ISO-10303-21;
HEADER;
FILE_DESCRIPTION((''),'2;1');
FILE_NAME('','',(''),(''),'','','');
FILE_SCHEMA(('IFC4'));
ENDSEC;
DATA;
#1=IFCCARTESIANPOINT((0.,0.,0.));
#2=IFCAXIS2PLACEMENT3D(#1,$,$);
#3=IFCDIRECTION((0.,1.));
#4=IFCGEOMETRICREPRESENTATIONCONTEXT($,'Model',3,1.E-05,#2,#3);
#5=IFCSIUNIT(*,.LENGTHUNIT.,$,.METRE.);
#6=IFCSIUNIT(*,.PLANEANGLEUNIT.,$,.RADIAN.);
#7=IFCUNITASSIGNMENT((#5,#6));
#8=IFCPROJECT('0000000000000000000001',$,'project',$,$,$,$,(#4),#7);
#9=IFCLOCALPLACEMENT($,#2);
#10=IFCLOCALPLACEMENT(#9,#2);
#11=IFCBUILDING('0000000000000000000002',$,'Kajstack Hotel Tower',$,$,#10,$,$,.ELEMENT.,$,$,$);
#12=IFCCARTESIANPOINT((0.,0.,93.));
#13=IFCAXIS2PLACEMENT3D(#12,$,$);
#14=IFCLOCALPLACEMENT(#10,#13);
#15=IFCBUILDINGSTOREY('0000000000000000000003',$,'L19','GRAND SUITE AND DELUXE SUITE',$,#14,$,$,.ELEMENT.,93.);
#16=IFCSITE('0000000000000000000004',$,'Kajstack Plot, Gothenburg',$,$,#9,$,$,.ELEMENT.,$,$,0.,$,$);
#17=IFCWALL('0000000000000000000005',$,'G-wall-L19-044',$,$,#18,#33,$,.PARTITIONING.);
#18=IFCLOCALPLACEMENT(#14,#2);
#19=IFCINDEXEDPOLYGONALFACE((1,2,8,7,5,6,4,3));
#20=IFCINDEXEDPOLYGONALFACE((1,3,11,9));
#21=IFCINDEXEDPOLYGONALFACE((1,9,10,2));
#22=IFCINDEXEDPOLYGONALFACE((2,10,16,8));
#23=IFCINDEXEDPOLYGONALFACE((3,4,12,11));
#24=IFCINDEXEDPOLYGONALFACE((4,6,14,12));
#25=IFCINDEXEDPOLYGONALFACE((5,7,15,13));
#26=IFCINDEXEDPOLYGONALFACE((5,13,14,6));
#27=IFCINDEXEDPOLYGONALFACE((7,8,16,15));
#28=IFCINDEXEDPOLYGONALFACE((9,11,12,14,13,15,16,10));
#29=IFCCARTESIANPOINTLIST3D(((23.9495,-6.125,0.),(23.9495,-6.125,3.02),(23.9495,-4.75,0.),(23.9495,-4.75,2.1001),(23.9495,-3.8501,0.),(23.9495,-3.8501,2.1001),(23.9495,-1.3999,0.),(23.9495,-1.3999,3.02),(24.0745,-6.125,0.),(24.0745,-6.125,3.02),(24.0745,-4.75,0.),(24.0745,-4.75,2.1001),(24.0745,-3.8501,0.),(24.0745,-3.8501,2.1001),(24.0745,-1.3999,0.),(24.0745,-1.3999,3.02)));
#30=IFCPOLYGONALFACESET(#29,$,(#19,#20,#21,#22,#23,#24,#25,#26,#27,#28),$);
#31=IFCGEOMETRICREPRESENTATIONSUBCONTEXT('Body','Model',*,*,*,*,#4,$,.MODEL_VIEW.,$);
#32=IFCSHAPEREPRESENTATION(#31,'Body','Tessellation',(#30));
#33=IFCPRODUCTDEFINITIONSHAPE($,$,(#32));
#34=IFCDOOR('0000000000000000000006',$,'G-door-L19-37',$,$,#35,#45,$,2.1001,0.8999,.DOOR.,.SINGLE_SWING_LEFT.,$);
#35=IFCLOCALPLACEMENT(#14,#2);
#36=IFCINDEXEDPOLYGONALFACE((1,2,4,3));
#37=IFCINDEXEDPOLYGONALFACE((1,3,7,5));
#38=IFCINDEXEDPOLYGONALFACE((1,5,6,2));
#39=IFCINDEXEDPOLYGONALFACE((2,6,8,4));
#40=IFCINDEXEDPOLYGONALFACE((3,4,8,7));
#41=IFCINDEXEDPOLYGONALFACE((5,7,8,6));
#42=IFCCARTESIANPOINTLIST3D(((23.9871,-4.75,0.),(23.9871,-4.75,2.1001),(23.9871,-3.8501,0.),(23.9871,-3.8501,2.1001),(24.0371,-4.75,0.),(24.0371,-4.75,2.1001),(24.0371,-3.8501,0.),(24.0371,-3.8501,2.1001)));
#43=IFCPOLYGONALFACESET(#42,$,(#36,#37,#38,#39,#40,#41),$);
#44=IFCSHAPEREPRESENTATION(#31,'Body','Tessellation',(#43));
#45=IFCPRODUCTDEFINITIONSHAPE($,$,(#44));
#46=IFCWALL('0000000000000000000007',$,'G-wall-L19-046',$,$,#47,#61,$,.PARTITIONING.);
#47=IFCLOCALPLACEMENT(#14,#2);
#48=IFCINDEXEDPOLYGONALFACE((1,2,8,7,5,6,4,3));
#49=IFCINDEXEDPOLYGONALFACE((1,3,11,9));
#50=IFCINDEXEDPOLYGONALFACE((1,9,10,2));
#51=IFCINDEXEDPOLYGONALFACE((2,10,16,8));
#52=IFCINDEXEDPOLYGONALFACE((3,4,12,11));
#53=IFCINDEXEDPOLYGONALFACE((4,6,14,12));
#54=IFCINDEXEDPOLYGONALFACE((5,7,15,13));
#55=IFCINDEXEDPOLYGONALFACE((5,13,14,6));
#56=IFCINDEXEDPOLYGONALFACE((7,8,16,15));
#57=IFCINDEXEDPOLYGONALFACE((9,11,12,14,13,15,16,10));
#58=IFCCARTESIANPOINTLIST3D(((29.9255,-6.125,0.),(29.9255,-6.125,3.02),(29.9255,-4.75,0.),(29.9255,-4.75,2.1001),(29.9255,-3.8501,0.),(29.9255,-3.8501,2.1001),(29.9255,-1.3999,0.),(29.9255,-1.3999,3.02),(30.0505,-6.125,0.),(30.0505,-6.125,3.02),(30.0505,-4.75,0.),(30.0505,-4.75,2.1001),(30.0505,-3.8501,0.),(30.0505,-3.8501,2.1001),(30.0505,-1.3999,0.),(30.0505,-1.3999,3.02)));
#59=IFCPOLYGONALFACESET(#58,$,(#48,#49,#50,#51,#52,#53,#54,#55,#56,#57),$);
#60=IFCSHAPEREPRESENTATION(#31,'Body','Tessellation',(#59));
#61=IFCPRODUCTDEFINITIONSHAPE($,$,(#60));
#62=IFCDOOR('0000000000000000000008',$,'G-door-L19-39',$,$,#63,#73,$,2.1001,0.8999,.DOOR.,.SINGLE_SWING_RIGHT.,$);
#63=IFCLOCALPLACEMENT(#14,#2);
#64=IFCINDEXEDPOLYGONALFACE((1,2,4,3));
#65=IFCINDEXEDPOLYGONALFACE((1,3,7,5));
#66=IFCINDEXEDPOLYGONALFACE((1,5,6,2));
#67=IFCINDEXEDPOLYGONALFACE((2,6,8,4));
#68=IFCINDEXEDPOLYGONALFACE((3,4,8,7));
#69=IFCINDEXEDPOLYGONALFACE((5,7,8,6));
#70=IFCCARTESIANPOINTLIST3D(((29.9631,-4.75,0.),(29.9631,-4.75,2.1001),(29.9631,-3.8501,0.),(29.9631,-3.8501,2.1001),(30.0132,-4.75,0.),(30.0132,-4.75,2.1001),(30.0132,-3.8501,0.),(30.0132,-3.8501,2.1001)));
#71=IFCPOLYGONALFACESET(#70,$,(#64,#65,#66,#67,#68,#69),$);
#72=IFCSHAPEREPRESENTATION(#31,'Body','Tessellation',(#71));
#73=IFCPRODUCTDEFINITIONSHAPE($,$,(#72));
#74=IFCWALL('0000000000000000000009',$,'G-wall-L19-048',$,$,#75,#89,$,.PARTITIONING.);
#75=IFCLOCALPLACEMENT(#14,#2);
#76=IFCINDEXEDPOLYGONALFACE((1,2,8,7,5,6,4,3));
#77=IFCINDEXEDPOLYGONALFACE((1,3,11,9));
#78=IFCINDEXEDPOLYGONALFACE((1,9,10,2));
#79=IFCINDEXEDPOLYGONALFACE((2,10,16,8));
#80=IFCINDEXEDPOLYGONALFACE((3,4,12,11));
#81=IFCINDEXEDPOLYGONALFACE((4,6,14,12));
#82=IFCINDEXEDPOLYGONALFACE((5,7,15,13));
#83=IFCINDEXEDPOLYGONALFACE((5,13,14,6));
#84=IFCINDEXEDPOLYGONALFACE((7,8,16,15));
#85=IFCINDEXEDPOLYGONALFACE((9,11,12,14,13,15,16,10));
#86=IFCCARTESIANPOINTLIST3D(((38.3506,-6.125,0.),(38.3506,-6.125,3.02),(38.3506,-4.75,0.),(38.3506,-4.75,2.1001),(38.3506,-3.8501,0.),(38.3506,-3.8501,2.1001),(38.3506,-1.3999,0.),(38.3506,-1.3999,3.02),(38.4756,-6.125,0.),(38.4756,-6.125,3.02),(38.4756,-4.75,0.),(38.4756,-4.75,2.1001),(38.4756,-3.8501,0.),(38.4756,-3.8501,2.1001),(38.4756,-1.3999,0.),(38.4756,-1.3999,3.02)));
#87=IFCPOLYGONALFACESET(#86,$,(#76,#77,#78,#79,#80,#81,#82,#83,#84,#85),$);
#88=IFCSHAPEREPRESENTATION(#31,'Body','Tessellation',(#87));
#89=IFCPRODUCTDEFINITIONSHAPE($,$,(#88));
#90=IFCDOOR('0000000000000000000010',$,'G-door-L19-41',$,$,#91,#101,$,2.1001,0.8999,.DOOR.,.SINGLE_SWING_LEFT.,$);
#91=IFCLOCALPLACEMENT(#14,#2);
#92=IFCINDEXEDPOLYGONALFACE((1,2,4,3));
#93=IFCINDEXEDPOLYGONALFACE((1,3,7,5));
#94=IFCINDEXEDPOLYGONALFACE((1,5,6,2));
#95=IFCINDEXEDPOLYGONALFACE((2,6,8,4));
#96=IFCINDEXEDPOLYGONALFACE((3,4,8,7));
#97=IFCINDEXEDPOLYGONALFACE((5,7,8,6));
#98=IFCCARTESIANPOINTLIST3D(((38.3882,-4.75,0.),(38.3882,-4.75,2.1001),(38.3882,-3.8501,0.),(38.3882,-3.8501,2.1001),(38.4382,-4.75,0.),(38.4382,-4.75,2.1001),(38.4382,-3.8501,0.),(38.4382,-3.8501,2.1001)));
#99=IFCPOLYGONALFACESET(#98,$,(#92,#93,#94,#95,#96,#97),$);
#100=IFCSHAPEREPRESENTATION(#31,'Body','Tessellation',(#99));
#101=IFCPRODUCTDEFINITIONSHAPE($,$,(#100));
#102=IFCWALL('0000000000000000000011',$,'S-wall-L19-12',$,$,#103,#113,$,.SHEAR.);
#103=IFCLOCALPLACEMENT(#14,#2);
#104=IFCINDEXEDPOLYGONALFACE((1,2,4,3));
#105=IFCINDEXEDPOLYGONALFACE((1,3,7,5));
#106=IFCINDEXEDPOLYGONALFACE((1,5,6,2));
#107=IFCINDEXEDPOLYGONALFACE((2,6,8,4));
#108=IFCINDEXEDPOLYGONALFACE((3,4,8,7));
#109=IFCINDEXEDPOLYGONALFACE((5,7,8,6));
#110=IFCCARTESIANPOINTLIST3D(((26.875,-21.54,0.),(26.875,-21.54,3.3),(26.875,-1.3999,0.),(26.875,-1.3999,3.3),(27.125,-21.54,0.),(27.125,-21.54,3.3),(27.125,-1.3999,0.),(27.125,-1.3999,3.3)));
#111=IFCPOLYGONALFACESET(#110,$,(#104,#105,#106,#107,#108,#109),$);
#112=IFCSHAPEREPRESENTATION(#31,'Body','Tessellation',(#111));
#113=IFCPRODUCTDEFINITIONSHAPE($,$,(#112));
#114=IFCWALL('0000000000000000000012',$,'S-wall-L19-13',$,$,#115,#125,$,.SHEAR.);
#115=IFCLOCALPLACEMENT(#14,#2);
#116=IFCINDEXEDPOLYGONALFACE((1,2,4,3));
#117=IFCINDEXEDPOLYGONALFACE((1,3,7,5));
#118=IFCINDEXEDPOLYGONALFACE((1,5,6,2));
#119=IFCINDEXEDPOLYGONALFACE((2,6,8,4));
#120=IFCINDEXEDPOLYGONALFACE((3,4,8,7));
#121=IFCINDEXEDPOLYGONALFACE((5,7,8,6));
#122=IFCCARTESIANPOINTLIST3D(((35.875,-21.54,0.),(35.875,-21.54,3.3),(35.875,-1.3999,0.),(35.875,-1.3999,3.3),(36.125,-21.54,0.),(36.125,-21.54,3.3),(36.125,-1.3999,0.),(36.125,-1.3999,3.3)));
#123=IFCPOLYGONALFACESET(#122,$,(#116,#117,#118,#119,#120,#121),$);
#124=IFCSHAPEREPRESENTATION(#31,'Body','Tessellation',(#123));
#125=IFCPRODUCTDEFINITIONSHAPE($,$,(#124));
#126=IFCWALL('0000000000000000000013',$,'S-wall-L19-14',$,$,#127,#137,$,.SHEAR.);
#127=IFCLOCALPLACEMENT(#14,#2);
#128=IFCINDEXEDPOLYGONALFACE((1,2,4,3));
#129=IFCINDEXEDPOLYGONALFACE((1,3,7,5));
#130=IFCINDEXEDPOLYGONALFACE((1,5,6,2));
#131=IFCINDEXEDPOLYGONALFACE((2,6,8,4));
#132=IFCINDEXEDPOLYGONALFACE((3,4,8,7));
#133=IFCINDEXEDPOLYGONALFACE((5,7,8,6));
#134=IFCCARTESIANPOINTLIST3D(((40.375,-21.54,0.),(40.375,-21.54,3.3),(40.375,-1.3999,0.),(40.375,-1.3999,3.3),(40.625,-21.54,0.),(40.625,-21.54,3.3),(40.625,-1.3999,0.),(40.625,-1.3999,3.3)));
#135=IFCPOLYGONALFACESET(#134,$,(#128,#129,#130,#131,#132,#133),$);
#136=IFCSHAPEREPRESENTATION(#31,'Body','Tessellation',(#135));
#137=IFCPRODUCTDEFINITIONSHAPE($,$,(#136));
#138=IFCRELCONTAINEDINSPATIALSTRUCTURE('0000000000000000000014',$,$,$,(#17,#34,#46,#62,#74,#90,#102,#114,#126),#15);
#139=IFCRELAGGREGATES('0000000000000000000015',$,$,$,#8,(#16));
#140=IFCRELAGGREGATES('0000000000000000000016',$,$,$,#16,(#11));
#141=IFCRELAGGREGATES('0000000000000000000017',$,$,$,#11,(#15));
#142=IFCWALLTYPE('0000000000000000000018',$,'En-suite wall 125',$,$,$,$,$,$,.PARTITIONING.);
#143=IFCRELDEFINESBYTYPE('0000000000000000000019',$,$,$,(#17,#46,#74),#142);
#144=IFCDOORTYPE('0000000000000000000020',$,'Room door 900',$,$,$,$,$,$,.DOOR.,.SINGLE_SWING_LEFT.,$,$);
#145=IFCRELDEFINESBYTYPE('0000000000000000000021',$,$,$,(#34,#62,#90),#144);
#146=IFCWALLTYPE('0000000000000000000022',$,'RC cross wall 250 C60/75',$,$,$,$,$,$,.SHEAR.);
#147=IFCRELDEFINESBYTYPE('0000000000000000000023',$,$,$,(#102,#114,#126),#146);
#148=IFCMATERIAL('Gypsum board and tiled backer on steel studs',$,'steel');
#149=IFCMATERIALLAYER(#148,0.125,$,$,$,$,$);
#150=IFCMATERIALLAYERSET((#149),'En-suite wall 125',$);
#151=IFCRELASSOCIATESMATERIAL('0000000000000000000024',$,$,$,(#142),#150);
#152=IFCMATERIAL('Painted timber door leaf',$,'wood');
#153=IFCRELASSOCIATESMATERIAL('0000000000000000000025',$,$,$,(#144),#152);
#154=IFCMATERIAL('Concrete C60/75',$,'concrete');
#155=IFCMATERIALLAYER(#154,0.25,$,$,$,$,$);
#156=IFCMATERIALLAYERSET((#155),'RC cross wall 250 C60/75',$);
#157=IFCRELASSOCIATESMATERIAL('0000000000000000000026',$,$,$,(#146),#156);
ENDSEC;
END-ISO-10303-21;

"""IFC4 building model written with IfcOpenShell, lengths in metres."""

from ifc_helpers import new_model, si_unit, direction, frame, frame_2d, origin, place, context, subcontext, project, spatial, rectangle, extrude, material, layer, layer_set, type_object, element, fill, save


model = new_model("IFC4")

# Units and contexts
model_context = context("Model", 3, precision=1e-05, world=origin(), true_north=direction((0.0, 1.0)))
body_context = subcontext(model_context, "Body", "Model", "MODEL_VIEW")
ifc_project = project(units=[si_unit("LENGTHUNIT", "METRE"), si_unit("PLANEANGLEUNIT", "RADIAN")], contexts=[model_context])

# Site, building, storey
site_placement = place(None, origin())
site = spatial("IfcSite", under=ifc_project, at=site_placement, Name="Kajstack Plot, Gothenburg", CompositionType="ELEMENT", RefElevation=0.0)
building_placement = place(site_placement, origin())
building = spatial("IfcBuilding", under=site, at=building_placement, Name="Kajstack Hotel Tower", CompositionType="ELEMENT")
storey_placement = place(building_placement, frame((0.0, 0.0, 93.0)))
storey = spatial("IfcBuildingStorey", under=building, at=storey_placement, Name="L19", Description="GRAND SUITE AND DELUXE SUITE", CompositionType="ELEMENT", Elevation=93.0)

# Walls, openings, doors
ifc_material_1 = material(Name="Gypsum board and tiled backer on steel studs", Category="steel")
ifc_layer_1 = layer(ifc_material_1, 0.125)
ifc_layer_set_1 = layer_set([ifc_layer_1], Name="En-suite wall 125")
wall_type_1 = type_object("IfcWallType", Name="En-suite wall 125", PredefinedType="PARTITIONING", material=ifc_layer_set_1)
wall_1_placement = place(storey_placement, frame((24.012, -6.125, 0.0), z_axis=(0.0, 0.0, 1.0), x_axis=(0.0, 1.0, 0.0)))
wall_1 = element("IfcWall", 1, at=wall_1_placement, inside=storey, type_object=wall_type_1, Name="G-wall-L19-044", PredefinedType="PARTITIONING", context=body_context, shape_type="SweptSolid", body=[
    extrude(rectangle(XDim=4.7251, YDim=0.125, at=frame_2d((2.3625, 0.0))), origin(), (0.0, 0.0, 1.0), 3.02),
])
opening_1_placement = place(wall_1_placement, frame((1.375, 0.0, 0.0)))
opening_1 = element("IfcOpeningElement", 2, at=opening_1_placement, cuts=wall_1, PredefinedType="OPENING", context=body_context, shape_type="SweptSolid", body=[
    extrude(rectangle(XDim=0.8999, YDim=2.1001, at=frame_2d((0.45, 1.05))), frame((0.0, 0.0725, 0.0), z_axis=(0.0, -1.0, 0.0), x_axis=(1.0, 0.0, 0.0)), (0.0, 0.0, 1.0), 0.145),
])
ifc_material_2 = material(Name="Painted timber door leaf", Category="wood")
door_type = type_object("IfcDoorType", Name="Room door 900", OperationType="SINGLE_SWING_LEFT", PredefinedType="DOOR", material=ifc_material_2)
door_1_placement = place(opening_1_placement, origin())
door_1 = element("IfcDoor", 3, at=door_1_placement, inside=storey, type_object=door_type, Name="G-door-L19-37", OperationType="SINGLE_SWING_LEFT", OverallHeight=2.1001, OverallWidth=0.8999, PredefinedType="DOOR", context=body_context, shape_type="SweptSolid", body=[
    extrude(rectangle(XDim=0.8999, YDim=2.1001, at=frame_2d((0.45, 1.05))), frame((0.0, 0.0249, 0.0), z_axis=(0.0, -1.0, 0.0), x_axis=(1.0, 0.0, 0.0)), (0.0, 0.0, 1.0), 0.05),
])
fill(opening_1, door_1)
wall_2_placement = place(storey_placement, frame((29.988, -6.125, 0.0), z_axis=(0.0, 0.0, 1.0), x_axis=(0.0, 1.0, 0.0)))
wall_2 = element("IfcWall", 4, at=wall_2_placement, inside=storey, type_object=wall_type_1, Name="G-wall-L19-046", PredefinedType="PARTITIONING", context=body_context, shape_type="SweptSolid", body=[
    extrude(rectangle(XDim=4.7251, YDim=0.125, at=frame_2d((2.3625, 0.0))), origin(), (0.0, 0.0, 1.0), 3.02),
])
opening_2_placement = place(wall_2_placement, frame((1.375, 0.0, 0.0)))
opening_2 = element("IfcOpeningElement", 5, at=opening_2_placement, cuts=wall_2, PredefinedType="OPENING", context=body_context, shape_type="SweptSolid", body=[
    extrude(rectangle(XDim=0.8999, YDim=2.1001, at=frame_2d((0.45, 1.05))), frame((0.0, 0.0725, 0.0), z_axis=(0.0, -1.0, 0.0), x_axis=(1.0, 0.0, 0.0)), (0.0, 0.0, 1.0), 0.145),
])
door_2_placement = place(opening_2_placement, origin())
door_2 = element("IfcDoor", 6, at=door_2_placement, inside=storey, type_object=door_type, Name="G-door-L19-39", OperationType="SINGLE_SWING_RIGHT", OverallHeight=2.1001, OverallWidth=0.8999, PredefinedType="DOOR", context=body_context, shape_type="SweptSolid", body=[
    extrude(rectangle(XDim=0.8999, YDim=2.1001, at=frame_2d((0.45, 1.05))), frame((0.0, 0.0249, 0.0), z_axis=(0.0, -1.0, 0.0), x_axis=(1.0, 0.0, 0.0)), (0.0, 0.0, 1.0), 0.05),
])
fill(opening_2, door_2)
wall_3_placement = place(storey_placement, frame((38.4131, -6.125, 0.0), z_axis=(0.0, 0.0, 1.0), x_axis=(0.0, 1.0, 0.0)))
wall_3 = element("IfcWall", 7, at=wall_3_placement, inside=storey, type_object=wall_type_1, Name="G-wall-L19-048", PredefinedType="PARTITIONING", context=body_context, shape_type="SweptSolid", body=[
    extrude(rectangle(XDim=4.7251, YDim=0.125, at=frame_2d((2.3625, 0.0))), origin(), (0.0, 0.0, 1.0), 3.02),
])
opening_3_placement = place(wall_3_placement, frame((1.375, 0.0, 0.0)))
opening_3 = element("IfcOpeningElement", 8, at=opening_3_placement, cuts=wall_3, PredefinedType="OPENING", context=body_context, shape_type="SweptSolid", body=[
    extrude(rectangle(XDim=0.8999, YDim=2.1001, at=frame_2d((0.45, 1.05))), frame((0.0, 0.0725, 0.0), z_axis=(0.0, -1.0, 0.0), x_axis=(1.0, 0.0, 0.0)), (0.0, 0.0, 1.0), 0.145),
])
door_3_placement = place(opening_3_placement, origin())
door_3 = element("IfcDoor", 9, at=door_3_placement, inside=storey, type_object=door_type, Name="G-door-L19-41", OperationType="SINGLE_SWING_LEFT", OverallHeight=2.1001, OverallWidth=0.8999, PredefinedType="DOOR", context=body_context, shape_type="SweptSolid", body=[
    extrude(rectangle(XDim=0.8999, YDim=2.1001, at=frame_2d((0.45, 1.05))), frame((0.0, 0.0249, 0.0), z_axis=(0.0, -1.0, 0.0), x_axis=(1.0, 0.0, 0.0)), (0.0, 0.0, 1.0), 0.05),
])
fill(opening_3, door_3)

# Walls
ifc_material_3 = material(Name="Concrete C60/75", Category="concrete")
ifc_layer_2 = layer(ifc_material_3, 0.25)
ifc_layer_set_2 = layer_set([ifc_layer_2], Name="RC cross wall 250 C60/75")
wall_type_2 = type_object("IfcWallType", Name="RC cross wall 250 C60/75", PredefinedType="SHEAR", material=ifc_layer_set_2)
for number, where, z_axis, x_axis, name in (
    (10, (27.0, -21.54, 0.0), (0.0, 0.0, 1.0), (0.0, 1.0, 0.0), "S-wall-L19-12"),
    (11, (36.0, -21.54, 0.0), (0.0, 0.0, 1.0), (0.0, 1.0, 0.0), "S-wall-L19-13"),
    (12, (40.5, -21.54, 0.0), (0.0, 0.0, 1.0), (0.0, 1.0, 0.0), "S-wall-L19-14"),
):
    element("IfcWall", number, at=place(storey_placement, frame(where, z_axis=z_axis, x_axis=x_axis)), inside=storey, type_object=wall_type_2, Name=name, PredefinedType="SHEAR", context=body_context, shape_type="SweptSolid", body=[
        extrude(rectangle(XDim=20.1401, YDim=0.25, at=frame_2d((10.0701, 0.0))), origin(), (0.0, 0.0, 1.0), 3.3),
    ])

save(model, "model.ifc")
